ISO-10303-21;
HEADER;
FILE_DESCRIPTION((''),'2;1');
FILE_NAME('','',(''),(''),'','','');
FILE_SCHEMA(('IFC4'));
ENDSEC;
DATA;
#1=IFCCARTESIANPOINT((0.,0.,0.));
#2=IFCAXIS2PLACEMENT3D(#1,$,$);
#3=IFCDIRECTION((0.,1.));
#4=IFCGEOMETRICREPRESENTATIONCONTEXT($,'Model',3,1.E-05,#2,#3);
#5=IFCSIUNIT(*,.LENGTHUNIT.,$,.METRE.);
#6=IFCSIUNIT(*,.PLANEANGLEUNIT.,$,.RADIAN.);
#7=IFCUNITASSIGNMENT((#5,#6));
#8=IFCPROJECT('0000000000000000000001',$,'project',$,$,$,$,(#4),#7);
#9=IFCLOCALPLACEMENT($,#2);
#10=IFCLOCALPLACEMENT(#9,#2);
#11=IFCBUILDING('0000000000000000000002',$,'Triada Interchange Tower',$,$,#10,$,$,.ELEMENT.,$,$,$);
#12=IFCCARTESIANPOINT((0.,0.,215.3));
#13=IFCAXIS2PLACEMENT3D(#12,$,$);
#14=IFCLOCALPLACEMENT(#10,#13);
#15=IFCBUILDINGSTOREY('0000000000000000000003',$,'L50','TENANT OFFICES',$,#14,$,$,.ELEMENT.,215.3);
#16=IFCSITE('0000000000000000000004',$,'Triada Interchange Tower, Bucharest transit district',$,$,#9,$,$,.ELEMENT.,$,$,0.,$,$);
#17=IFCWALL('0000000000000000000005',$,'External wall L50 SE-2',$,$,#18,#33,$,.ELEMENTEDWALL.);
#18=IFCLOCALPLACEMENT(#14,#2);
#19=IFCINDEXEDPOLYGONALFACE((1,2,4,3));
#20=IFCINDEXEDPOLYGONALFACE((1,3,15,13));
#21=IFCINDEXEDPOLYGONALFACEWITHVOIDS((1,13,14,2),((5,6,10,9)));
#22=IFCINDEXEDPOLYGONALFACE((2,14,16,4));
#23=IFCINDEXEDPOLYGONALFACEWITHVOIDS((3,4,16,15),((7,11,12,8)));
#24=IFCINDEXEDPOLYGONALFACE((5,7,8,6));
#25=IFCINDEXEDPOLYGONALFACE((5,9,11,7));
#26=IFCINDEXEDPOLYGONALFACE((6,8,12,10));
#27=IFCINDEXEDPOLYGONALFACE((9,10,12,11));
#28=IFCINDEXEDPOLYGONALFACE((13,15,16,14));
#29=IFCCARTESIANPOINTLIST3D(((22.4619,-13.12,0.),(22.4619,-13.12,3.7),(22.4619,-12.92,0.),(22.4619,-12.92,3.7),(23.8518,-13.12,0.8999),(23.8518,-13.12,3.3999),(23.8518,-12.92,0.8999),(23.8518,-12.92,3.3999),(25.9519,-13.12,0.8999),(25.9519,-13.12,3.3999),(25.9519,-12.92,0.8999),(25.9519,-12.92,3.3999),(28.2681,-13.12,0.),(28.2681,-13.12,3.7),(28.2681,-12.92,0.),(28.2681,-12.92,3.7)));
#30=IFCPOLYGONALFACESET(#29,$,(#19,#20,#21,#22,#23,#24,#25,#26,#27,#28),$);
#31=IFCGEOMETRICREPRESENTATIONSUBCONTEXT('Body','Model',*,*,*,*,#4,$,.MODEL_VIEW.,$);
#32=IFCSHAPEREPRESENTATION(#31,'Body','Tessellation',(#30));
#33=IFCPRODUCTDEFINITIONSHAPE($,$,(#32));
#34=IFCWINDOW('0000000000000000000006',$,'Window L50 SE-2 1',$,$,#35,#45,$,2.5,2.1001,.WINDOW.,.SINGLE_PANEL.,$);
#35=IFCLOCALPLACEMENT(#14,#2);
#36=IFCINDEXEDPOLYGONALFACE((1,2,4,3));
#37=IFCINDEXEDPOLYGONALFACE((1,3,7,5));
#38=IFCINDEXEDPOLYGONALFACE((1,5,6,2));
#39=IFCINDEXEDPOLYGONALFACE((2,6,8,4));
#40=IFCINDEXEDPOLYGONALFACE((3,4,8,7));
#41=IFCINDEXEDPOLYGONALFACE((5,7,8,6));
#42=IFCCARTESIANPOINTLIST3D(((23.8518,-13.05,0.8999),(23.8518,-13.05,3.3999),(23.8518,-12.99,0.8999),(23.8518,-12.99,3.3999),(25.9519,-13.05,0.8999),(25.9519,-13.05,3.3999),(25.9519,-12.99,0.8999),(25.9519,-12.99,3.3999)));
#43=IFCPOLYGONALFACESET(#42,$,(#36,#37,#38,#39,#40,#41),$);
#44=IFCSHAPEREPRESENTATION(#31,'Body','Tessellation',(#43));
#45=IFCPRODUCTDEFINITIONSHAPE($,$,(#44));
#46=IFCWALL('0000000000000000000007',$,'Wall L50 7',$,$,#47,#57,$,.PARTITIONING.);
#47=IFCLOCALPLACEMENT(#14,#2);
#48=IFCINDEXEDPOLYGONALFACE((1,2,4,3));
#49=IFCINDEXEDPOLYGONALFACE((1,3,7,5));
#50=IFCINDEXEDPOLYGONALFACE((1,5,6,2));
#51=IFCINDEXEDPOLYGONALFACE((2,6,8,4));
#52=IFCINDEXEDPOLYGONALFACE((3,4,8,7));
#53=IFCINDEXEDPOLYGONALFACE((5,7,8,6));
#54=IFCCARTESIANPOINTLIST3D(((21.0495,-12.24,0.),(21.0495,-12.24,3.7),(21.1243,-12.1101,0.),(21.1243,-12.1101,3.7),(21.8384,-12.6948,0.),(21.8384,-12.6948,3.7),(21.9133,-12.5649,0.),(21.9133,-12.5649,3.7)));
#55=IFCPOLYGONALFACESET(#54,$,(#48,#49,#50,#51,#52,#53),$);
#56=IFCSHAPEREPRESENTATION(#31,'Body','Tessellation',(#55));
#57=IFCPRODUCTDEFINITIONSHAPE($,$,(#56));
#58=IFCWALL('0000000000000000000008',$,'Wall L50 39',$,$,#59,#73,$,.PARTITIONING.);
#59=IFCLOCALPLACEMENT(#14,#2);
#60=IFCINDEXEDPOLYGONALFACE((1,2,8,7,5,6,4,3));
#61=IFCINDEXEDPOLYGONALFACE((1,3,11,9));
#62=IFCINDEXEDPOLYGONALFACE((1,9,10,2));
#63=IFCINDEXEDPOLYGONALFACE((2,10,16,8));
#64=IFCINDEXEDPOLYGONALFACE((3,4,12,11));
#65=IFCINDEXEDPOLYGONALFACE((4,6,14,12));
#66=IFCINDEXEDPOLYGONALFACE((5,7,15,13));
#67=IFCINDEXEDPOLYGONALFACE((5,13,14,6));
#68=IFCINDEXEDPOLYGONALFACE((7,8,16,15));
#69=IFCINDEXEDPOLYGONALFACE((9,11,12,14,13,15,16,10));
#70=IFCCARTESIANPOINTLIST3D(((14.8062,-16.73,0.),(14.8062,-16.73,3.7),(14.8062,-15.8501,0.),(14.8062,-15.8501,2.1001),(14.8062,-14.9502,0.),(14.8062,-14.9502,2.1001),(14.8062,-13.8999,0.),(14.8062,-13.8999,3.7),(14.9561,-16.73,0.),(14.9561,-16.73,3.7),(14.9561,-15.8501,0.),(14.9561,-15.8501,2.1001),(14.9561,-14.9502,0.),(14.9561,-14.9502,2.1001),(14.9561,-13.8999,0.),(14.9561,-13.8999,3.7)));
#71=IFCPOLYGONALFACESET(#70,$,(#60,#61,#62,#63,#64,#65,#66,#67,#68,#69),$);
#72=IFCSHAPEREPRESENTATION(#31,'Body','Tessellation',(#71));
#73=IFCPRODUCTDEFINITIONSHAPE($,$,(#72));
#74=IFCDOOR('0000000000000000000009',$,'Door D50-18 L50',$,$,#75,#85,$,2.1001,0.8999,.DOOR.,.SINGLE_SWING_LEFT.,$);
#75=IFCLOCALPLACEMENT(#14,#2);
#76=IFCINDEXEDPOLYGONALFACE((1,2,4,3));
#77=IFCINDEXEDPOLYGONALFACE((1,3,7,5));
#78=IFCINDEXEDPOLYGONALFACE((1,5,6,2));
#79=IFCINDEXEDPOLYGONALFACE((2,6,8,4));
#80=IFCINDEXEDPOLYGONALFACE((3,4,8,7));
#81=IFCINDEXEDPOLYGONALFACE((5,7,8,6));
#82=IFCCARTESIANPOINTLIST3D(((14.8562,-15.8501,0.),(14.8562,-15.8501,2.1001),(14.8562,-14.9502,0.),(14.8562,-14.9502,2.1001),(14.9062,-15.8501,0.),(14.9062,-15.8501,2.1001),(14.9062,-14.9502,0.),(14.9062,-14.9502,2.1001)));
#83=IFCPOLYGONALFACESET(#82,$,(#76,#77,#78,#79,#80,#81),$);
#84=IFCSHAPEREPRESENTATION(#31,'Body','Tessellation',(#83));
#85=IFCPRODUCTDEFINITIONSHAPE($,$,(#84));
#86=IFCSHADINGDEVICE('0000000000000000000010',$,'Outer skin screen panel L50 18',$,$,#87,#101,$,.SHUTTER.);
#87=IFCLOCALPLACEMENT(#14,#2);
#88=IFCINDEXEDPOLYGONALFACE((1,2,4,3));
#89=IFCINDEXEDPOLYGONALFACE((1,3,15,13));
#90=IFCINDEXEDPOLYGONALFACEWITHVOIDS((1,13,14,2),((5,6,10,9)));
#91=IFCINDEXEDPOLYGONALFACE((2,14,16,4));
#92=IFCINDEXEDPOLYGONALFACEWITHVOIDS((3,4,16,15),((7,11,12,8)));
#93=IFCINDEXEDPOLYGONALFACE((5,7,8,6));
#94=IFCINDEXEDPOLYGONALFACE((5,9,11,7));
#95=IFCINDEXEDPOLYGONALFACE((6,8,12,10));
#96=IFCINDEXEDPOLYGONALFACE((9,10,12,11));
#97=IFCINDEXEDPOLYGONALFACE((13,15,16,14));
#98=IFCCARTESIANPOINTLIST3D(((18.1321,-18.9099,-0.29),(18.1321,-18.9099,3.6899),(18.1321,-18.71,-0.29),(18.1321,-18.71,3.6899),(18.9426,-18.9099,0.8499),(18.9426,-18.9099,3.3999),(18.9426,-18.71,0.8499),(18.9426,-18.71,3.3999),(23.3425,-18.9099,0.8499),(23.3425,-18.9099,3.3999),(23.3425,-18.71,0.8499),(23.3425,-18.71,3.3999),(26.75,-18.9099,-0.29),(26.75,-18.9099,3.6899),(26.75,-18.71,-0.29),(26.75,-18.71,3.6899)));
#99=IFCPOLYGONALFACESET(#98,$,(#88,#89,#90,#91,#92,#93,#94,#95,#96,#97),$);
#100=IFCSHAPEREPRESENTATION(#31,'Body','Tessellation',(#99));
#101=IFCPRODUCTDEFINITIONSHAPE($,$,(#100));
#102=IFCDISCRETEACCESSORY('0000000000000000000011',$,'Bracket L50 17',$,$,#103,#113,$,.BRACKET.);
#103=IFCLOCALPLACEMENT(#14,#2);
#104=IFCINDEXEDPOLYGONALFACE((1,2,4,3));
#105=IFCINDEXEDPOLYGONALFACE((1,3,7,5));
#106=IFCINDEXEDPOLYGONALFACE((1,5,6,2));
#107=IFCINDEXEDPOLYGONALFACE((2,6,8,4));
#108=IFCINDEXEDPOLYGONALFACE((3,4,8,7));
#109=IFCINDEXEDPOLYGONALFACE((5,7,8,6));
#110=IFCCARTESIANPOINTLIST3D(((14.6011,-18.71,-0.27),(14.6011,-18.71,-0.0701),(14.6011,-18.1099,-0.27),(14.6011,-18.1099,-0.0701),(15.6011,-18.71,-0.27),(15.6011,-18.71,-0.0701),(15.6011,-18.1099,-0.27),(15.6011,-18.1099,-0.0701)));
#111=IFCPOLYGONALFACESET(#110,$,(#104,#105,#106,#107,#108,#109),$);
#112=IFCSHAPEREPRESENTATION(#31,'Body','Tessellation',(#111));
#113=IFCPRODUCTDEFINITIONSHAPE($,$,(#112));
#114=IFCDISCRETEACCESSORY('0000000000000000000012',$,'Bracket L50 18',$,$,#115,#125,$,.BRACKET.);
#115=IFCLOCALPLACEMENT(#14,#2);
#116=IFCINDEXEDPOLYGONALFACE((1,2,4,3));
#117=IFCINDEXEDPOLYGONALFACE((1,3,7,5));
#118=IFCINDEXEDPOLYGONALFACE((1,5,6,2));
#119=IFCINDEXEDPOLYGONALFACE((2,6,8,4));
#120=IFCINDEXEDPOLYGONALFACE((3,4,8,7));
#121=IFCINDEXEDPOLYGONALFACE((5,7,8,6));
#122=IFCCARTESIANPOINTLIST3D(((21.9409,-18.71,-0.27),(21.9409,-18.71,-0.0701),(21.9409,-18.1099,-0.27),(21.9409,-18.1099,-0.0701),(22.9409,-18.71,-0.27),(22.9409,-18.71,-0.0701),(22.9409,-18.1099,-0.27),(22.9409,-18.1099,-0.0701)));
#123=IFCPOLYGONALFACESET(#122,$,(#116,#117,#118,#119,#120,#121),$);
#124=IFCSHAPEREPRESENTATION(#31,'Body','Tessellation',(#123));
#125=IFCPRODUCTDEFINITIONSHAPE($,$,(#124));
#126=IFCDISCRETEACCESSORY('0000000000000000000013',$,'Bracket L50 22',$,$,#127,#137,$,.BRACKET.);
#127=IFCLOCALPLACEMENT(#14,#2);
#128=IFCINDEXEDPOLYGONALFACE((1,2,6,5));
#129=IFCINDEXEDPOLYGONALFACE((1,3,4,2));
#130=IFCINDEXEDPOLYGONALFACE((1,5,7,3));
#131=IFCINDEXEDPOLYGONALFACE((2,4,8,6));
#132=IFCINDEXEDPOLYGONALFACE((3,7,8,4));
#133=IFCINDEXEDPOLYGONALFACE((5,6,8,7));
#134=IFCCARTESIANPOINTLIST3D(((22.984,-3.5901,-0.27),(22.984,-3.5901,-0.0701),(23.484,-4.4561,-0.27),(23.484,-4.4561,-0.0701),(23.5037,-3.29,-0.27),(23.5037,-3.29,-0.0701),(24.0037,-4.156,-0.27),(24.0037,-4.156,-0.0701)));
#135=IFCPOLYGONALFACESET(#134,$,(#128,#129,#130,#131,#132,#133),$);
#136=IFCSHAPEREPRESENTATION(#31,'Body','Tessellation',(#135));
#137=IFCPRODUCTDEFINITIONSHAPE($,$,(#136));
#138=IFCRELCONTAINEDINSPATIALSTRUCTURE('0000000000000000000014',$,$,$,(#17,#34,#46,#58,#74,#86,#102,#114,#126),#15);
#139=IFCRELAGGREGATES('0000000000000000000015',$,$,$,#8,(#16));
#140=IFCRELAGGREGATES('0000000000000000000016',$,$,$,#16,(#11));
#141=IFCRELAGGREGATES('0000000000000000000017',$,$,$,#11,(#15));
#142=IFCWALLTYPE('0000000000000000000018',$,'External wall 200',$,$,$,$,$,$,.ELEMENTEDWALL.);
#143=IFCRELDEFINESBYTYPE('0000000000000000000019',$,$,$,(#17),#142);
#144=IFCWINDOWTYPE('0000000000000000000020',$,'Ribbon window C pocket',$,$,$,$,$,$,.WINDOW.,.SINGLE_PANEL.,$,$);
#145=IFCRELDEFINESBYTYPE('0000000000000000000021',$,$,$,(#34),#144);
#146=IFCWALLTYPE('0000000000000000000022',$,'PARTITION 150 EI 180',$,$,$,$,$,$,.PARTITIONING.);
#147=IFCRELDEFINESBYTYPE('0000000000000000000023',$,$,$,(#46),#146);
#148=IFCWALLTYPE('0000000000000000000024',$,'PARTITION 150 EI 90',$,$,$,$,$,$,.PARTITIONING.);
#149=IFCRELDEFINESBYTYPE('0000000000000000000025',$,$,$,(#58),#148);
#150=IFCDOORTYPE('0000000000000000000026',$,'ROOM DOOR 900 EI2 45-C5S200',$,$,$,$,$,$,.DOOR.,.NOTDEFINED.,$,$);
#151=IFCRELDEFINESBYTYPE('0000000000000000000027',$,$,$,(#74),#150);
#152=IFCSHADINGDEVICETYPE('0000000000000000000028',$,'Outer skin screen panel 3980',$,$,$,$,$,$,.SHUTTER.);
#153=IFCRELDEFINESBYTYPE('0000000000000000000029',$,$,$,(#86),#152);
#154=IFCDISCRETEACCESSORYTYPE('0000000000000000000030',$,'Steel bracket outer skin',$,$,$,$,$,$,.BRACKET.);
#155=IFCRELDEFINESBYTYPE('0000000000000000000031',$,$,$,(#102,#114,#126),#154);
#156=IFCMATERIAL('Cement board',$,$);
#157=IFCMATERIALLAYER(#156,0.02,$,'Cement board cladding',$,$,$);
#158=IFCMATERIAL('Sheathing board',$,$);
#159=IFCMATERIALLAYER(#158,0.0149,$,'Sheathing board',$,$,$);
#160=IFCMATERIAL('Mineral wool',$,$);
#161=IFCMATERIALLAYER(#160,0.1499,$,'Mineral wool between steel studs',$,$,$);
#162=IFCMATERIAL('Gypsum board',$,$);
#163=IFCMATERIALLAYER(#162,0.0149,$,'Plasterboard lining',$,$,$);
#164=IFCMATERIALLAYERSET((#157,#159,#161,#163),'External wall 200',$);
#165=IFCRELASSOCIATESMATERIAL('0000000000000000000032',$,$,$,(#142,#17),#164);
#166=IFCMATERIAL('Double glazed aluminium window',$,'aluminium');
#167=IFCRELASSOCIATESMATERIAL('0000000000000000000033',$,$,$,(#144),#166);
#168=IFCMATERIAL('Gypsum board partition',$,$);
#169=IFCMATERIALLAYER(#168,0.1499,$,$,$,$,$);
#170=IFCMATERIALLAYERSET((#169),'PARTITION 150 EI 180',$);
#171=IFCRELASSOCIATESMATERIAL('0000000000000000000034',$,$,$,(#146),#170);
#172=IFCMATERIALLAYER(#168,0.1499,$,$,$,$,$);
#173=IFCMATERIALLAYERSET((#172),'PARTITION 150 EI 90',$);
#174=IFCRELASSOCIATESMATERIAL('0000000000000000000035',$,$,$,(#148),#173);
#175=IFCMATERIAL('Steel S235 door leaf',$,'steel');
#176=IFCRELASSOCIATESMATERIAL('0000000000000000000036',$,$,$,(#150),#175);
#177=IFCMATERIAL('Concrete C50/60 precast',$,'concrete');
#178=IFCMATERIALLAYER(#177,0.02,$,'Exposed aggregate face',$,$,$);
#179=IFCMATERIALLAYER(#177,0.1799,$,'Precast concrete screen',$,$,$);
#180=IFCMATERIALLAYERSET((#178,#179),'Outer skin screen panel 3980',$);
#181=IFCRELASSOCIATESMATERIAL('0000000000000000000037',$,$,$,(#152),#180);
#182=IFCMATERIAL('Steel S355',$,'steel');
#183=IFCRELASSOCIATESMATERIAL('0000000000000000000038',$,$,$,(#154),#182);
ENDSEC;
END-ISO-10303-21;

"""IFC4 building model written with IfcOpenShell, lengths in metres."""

from ifc_helpers import new_model, si_unit, direction, frame, frame_2d, origin, origin_2d, place, context, subcontext, project, spatial, polyline, rectangle, outline, extrude, material, layer, layer_set, layer_usage, type_object, element, fill, save


model = new_model("IFC4")

# Units and contexts
model_context = context("Model", 3, precision=1e-05, world=origin(), true_north=direction((0.0, 1.0)))
body_context = subcontext(model_context, "Body", "Model", "MODEL_VIEW")
ifc_project = project(units=[si_unit("LENGTHUNIT", "METRE"), si_unit("PLANEANGLEUNIT", "RADIAN")], contexts=[model_context])

# Site, building, storey
site_placement = place(None, origin())
site = spatial("IfcSite", under=ifc_project, at=site_placement, Name="Triada Interchange Tower, Bucharest transit district", CompositionType="ELEMENT", RefElevation=0.0)
building_placement = place(site_placement, origin())
building = spatial("IfcBuilding", under=site, at=building_placement, Name="Triada Interchange Tower", CompositionType="ELEMENT")
storey_placement = place(building_placement, frame((0.0, 0.0, 215.3)))
storey = spatial("IfcBuildingStorey", under=building, at=storey_placement, Name="L50", Description="TENANT OFFICES", CompositionType="ELEMENT", Elevation=215.3)

# Shared definitions
ifc_material_1 = material(Name="Steel S235 door leaf", Category="steel")

# Wall, opening, window
ifc_material_2 = material(Name="Cement board")
ifc_layer_1 = layer(ifc_material_2, 0.02, Name="Cement board cladding")
ifc_material_3 = material(Name="Sheathing board")
ifc_layer_2 = layer(ifc_material_3, 0.0149, Name="Sheathing board")
ifc_material_4 = material(Name="Mineral wool")
ifc_layer_3 = layer(ifc_material_4, 0.1499, Name="Mineral wool between steel studs")
ifc_material_5 = material(Name="Gypsum board")
ifc_layer_4 = layer(ifc_material_5, 0.0149, Name="Plasterboard lining")
ifc_layer_set_1 = layer_set([ifc_layer_1, ifc_layer_2, ifc_layer_3, ifc_layer_4], Name="External wall 200")
ifc_layer_usage = layer_usage(ifc_layer_set_1, "AXIS2", "POSITIVE", -0.1001)
wall_type_1 = type_object("IfcWallType", Name="External wall 200", PredefinedType="ELEMENTEDWALL", material=ifc_layer_set_1)
wall_1_placement = place(storey_placement, frame((22.4619, -13.02, 0.0), z_axis=(0.0, 0.0, 1.0), x_axis=(1.0, 0.0, 0.0)))
wall_1 = element("IfcWall", 1, at=wall_1_placement, inside=storey, type_object=wall_type_1, material=ifc_layer_usage, Name="External wall L50 SE-2", PredefinedType="ELEMENTEDWALL", context=body_context, shape_type="SweptSolid", body=[
    extrude(rectangle(XDim=5.8062, YDim=0.2, at=frame_2d((2.9031, 0.0))), origin(), (0.0, 0.0, 1.0), 3.7),
])
opening_1_placement = place(wall_1_placement, frame((1.3899, 0.0, 0.8999)))
opening_1 = element("IfcOpeningElement", 2, at=opening_1_placement, cuts=wall_1, PredefinedType="OPENING", context=body_context, shape_type="SweptSolid", body=[
    extrude(rectangle(XDim=2.1001, YDim=2.5, at=frame_2d((1.05, 1.25))), frame((0.0, 0.1099, 0.0), z_axis=(0.0, -1.0, 0.0), x_axis=(1.0, 0.0, 0.0)), (0.0, 0.0, 1.0), 0.22),
])
ifc_material_6 = material(Name="Double glazed aluminium window", Category="aluminium")
window_type = type_object("IfcWindowType", Name="Ribbon window C pocket", PartitioningType="SINGLE_PANEL", PredefinedType="WINDOW", material=ifc_material_6)
window_placement = place(opening_1_placement, origin())
window = element("IfcWindow", 3, at=window_placement, inside=storey, type_object=window_type, Name="Window L50 SE-2 1", OverallHeight=2.5, OverallWidth=2.1001, PartitioningType="SINGLE_PANEL", PredefinedType="WINDOW", context=body_context, shape_type="SweptSolid", body=[
    extrude(rectangle(XDim=2.1001, YDim=2.5, at=frame_2d((1.05, 1.25))), frame((0.0, 0.03, 0.0), z_axis=(0.0, -1.0, 0.0), x_axis=(1.0, 0.0, 0.0)), (0.0, 0.0, 1.0), 0.0601),
])
fill(opening_1, window)

# Wall
ifc_material_7 = material(Name="Gypsum board partition")
ifc_layer_5 = layer(ifc_material_7, 0.1499)
ifc_layer_set_2 = layer_set([ifc_layer_5], Name="PARTITION 150 EI 180")
wall_type_2 = type_object("IfcWallType", Name="PARTITION 150 EI 180", PredefinedType="PARTITIONING", material=ifc_layer_set_2)
wall_2_placement = place(storey_placement, frame((21.0869, -12.175, 0.0), z_axis=(0.0, 0.0, 1.0), x_axis=(0.866373, -0.499398, 0.0)))
element("IfcWall", 4, at=wall_2_placement, inside=storey, type_object=wall_type_2, Name="Wall L50 7", PredefinedType="PARTITIONING", context=body_context, shape_type="SweptSolid", body=[
    extrude(rectangle(XDim=0.9106, YDim=0.1499, at=frame_2d((0.4553, 0.0))), origin(), (0.0, 0.0, 1.0), 3.7),
])

# Wall, opening, door
ifc_layer_6 = layer(ifc_material_7, 0.1499)
ifc_layer_set_3 = layer_set([ifc_layer_6], Name="PARTITION 150 EI 90")
wall_type_3 = type_object("IfcWallType", Name="PARTITION 150 EI 90", PredefinedType="PARTITIONING", material=ifc_layer_set_3)
wall_3_placement = place(storey_placement, frame((14.8811, -16.73, 0.0), z_axis=(0.0, 0.0, 1.0), x_axis=(0.0, 1.0, 0.0)))
wall_3 = element("IfcWall", 5, at=wall_3_placement, inside=storey, type_object=wall_type_3, Name="Wall L50 39", PredefinedType="PARTITIONING", context=body_context, shape_type="SweptSolid", body=[
    extrude(rectangle(XDim=2.8301, YDim=0.1499, at=frame_2d((1.415, 0.0))), origin(), (0.0, 0.0, 1.0), 3.7),
])
opening_2_placement = place(wall_3_placement, frame((0.8799, 0.0, 0.0)))
opening_2 = element("IfcOpeningElement", 6, at=opening_2_placement, cuts=wall_3, PredefinedType="OPENING", context=body_context, shape_type="SweptSolid", body=[
    extrude(rectangle(XDim=0.8999, YDim=2.1001, at=frame_2d((0.45, 1.05))), frame((0.0, 0.085, 0.0), z_axis=(0.0, -1.0, 0.0), x_axis=(1.0, 0.0, 0.0)), (0.0, 0.0, 1.0), 0.1699),
])
door_type_1 = type_object("IfcDoorType", Name="ROOM DOOR 900 EI2 45-C5S200", OperationType="NOTDEFINED", PredefinedType="DOOR", material=ifc_material_1)
door_1_placement = place(opening_2_placement, origin())
door_1 = element("IfcDoor", 7, at=door_1_placement, inside=storey, type_object=door_type_1, Name="Door D50-18 L50", OperationType="SINGLE_SWING_LEFT", OverallHeight=2.1001, OverallWidth=0.8999, PredefinedType="DOOR", context=body_context, shape_type="SweptSolid", body=[
    extrude(rectangle(XDim=0.8999, YDim=2.1001, at=frame_2d((0.45, 1.05))), frame((0.0, 0.0249, 0.0), z_axis=(0.0, -1.0, 0.0), x_axis=(1.0, 0.0, 0.0)), (0.0, 0.0, 1.0), 0.05),
])
fill(opening_2, door_1)

# Shading device
ifc_material_8 = material(Name="Concrete C50/60 precast", Category="concrete")
ifc_layer_7 = layer(ifc_material_8, 0.02, Name="Exposed aggregate face")
ifc_layer_8 = layer(ifc_material_8, 0.1799, Name="Precast concrete screen")
ifc_layer_set_4 = layer_set([ifc_layer_7, ifc_layer_8], Name="Outer skin screen panel 3980")
shading_device_type = type_object("IfcShadingDeviceType", Name="Outer skin screen panel 3980", PredefinedType="SHUTTER", material=ifc_layer_set_4)
shading_device_placement = place(storey_placement, frame((18.1321, -18.71, -0.29), z_axis=(0.0, 0.0, 1.0), x_axis=(1.0, 0.0, 0.0)))
element("IfcShadingDevice", 8, at=shading_device_placement, inside=storey, type_object=shading_device_type, Name="Outer skin screen panel L50 18", PredefinedType="SHUTTER", context=body_context, shape_type="SweptSolid", body=[
    extrude(outline(polyline([(0.0, 0.0), (8.6179, 0.0), (8.6179, 3.98), (0.0, 3.98), (0.0, 0.0)]), holes=[polyline([(0.8105, 1.1399), (0.8105, 3.6899), (5.2104, 3.6899), (5.2104, 1.1399), (0.8105, 1.1399)])]), frame((0.0, 0.0, 0.0), z_axis=(0.0, -1.0, 0.0), x_axis=(1.0, 0.0, 0.0)), (0.0, 0.0, 1.0), 0.2),
])

# Discrete accessories
ifc_material_9 = material(Name="Steel S355", Category="steel")
discrete_accessory_type = type_object("IfcDiscreteAccessoryType", Name="Steel bracket outer skin", PredefinedType="BRACKET", material=ifc_material_9)
for number, where, z_axis, x_axis, name in (
    (9, (15.1011, -18.4099, -0.27), (0.0, 0.0, 1.0), (0.0, -1.0, 0.0), "Bracket L50 17"),
    (10, (22.4409, -18.4099, -0.27), (0.0, 0.0, 1.0), (0.0, -1.0, 0.0), "Bracket L50 18"),
    (11, (23.4939, -3.873, -0.27), (0.0, 0.0, 1.0), (0.866025, 0.500001, 0.0), "Bracket L50 22"),
):
    element("IfcDiscreteAccessory", number, at=place(storey_placement, frame(where, z_axis=z_axis, x_axis=x_axis)), inside=storey, type_object=discrete_accessory_type, Name=name, PredefinedType="BRACKET", context=body_context, shape_type="SweptSolid", body=[
        extrude(rectangle(XDim=0.6001, YDim=1.0, at=origin_2d()), origin(), (0.0, 0.0, 1.0), 0.2),
    ])

save(model, "model.ifc")
